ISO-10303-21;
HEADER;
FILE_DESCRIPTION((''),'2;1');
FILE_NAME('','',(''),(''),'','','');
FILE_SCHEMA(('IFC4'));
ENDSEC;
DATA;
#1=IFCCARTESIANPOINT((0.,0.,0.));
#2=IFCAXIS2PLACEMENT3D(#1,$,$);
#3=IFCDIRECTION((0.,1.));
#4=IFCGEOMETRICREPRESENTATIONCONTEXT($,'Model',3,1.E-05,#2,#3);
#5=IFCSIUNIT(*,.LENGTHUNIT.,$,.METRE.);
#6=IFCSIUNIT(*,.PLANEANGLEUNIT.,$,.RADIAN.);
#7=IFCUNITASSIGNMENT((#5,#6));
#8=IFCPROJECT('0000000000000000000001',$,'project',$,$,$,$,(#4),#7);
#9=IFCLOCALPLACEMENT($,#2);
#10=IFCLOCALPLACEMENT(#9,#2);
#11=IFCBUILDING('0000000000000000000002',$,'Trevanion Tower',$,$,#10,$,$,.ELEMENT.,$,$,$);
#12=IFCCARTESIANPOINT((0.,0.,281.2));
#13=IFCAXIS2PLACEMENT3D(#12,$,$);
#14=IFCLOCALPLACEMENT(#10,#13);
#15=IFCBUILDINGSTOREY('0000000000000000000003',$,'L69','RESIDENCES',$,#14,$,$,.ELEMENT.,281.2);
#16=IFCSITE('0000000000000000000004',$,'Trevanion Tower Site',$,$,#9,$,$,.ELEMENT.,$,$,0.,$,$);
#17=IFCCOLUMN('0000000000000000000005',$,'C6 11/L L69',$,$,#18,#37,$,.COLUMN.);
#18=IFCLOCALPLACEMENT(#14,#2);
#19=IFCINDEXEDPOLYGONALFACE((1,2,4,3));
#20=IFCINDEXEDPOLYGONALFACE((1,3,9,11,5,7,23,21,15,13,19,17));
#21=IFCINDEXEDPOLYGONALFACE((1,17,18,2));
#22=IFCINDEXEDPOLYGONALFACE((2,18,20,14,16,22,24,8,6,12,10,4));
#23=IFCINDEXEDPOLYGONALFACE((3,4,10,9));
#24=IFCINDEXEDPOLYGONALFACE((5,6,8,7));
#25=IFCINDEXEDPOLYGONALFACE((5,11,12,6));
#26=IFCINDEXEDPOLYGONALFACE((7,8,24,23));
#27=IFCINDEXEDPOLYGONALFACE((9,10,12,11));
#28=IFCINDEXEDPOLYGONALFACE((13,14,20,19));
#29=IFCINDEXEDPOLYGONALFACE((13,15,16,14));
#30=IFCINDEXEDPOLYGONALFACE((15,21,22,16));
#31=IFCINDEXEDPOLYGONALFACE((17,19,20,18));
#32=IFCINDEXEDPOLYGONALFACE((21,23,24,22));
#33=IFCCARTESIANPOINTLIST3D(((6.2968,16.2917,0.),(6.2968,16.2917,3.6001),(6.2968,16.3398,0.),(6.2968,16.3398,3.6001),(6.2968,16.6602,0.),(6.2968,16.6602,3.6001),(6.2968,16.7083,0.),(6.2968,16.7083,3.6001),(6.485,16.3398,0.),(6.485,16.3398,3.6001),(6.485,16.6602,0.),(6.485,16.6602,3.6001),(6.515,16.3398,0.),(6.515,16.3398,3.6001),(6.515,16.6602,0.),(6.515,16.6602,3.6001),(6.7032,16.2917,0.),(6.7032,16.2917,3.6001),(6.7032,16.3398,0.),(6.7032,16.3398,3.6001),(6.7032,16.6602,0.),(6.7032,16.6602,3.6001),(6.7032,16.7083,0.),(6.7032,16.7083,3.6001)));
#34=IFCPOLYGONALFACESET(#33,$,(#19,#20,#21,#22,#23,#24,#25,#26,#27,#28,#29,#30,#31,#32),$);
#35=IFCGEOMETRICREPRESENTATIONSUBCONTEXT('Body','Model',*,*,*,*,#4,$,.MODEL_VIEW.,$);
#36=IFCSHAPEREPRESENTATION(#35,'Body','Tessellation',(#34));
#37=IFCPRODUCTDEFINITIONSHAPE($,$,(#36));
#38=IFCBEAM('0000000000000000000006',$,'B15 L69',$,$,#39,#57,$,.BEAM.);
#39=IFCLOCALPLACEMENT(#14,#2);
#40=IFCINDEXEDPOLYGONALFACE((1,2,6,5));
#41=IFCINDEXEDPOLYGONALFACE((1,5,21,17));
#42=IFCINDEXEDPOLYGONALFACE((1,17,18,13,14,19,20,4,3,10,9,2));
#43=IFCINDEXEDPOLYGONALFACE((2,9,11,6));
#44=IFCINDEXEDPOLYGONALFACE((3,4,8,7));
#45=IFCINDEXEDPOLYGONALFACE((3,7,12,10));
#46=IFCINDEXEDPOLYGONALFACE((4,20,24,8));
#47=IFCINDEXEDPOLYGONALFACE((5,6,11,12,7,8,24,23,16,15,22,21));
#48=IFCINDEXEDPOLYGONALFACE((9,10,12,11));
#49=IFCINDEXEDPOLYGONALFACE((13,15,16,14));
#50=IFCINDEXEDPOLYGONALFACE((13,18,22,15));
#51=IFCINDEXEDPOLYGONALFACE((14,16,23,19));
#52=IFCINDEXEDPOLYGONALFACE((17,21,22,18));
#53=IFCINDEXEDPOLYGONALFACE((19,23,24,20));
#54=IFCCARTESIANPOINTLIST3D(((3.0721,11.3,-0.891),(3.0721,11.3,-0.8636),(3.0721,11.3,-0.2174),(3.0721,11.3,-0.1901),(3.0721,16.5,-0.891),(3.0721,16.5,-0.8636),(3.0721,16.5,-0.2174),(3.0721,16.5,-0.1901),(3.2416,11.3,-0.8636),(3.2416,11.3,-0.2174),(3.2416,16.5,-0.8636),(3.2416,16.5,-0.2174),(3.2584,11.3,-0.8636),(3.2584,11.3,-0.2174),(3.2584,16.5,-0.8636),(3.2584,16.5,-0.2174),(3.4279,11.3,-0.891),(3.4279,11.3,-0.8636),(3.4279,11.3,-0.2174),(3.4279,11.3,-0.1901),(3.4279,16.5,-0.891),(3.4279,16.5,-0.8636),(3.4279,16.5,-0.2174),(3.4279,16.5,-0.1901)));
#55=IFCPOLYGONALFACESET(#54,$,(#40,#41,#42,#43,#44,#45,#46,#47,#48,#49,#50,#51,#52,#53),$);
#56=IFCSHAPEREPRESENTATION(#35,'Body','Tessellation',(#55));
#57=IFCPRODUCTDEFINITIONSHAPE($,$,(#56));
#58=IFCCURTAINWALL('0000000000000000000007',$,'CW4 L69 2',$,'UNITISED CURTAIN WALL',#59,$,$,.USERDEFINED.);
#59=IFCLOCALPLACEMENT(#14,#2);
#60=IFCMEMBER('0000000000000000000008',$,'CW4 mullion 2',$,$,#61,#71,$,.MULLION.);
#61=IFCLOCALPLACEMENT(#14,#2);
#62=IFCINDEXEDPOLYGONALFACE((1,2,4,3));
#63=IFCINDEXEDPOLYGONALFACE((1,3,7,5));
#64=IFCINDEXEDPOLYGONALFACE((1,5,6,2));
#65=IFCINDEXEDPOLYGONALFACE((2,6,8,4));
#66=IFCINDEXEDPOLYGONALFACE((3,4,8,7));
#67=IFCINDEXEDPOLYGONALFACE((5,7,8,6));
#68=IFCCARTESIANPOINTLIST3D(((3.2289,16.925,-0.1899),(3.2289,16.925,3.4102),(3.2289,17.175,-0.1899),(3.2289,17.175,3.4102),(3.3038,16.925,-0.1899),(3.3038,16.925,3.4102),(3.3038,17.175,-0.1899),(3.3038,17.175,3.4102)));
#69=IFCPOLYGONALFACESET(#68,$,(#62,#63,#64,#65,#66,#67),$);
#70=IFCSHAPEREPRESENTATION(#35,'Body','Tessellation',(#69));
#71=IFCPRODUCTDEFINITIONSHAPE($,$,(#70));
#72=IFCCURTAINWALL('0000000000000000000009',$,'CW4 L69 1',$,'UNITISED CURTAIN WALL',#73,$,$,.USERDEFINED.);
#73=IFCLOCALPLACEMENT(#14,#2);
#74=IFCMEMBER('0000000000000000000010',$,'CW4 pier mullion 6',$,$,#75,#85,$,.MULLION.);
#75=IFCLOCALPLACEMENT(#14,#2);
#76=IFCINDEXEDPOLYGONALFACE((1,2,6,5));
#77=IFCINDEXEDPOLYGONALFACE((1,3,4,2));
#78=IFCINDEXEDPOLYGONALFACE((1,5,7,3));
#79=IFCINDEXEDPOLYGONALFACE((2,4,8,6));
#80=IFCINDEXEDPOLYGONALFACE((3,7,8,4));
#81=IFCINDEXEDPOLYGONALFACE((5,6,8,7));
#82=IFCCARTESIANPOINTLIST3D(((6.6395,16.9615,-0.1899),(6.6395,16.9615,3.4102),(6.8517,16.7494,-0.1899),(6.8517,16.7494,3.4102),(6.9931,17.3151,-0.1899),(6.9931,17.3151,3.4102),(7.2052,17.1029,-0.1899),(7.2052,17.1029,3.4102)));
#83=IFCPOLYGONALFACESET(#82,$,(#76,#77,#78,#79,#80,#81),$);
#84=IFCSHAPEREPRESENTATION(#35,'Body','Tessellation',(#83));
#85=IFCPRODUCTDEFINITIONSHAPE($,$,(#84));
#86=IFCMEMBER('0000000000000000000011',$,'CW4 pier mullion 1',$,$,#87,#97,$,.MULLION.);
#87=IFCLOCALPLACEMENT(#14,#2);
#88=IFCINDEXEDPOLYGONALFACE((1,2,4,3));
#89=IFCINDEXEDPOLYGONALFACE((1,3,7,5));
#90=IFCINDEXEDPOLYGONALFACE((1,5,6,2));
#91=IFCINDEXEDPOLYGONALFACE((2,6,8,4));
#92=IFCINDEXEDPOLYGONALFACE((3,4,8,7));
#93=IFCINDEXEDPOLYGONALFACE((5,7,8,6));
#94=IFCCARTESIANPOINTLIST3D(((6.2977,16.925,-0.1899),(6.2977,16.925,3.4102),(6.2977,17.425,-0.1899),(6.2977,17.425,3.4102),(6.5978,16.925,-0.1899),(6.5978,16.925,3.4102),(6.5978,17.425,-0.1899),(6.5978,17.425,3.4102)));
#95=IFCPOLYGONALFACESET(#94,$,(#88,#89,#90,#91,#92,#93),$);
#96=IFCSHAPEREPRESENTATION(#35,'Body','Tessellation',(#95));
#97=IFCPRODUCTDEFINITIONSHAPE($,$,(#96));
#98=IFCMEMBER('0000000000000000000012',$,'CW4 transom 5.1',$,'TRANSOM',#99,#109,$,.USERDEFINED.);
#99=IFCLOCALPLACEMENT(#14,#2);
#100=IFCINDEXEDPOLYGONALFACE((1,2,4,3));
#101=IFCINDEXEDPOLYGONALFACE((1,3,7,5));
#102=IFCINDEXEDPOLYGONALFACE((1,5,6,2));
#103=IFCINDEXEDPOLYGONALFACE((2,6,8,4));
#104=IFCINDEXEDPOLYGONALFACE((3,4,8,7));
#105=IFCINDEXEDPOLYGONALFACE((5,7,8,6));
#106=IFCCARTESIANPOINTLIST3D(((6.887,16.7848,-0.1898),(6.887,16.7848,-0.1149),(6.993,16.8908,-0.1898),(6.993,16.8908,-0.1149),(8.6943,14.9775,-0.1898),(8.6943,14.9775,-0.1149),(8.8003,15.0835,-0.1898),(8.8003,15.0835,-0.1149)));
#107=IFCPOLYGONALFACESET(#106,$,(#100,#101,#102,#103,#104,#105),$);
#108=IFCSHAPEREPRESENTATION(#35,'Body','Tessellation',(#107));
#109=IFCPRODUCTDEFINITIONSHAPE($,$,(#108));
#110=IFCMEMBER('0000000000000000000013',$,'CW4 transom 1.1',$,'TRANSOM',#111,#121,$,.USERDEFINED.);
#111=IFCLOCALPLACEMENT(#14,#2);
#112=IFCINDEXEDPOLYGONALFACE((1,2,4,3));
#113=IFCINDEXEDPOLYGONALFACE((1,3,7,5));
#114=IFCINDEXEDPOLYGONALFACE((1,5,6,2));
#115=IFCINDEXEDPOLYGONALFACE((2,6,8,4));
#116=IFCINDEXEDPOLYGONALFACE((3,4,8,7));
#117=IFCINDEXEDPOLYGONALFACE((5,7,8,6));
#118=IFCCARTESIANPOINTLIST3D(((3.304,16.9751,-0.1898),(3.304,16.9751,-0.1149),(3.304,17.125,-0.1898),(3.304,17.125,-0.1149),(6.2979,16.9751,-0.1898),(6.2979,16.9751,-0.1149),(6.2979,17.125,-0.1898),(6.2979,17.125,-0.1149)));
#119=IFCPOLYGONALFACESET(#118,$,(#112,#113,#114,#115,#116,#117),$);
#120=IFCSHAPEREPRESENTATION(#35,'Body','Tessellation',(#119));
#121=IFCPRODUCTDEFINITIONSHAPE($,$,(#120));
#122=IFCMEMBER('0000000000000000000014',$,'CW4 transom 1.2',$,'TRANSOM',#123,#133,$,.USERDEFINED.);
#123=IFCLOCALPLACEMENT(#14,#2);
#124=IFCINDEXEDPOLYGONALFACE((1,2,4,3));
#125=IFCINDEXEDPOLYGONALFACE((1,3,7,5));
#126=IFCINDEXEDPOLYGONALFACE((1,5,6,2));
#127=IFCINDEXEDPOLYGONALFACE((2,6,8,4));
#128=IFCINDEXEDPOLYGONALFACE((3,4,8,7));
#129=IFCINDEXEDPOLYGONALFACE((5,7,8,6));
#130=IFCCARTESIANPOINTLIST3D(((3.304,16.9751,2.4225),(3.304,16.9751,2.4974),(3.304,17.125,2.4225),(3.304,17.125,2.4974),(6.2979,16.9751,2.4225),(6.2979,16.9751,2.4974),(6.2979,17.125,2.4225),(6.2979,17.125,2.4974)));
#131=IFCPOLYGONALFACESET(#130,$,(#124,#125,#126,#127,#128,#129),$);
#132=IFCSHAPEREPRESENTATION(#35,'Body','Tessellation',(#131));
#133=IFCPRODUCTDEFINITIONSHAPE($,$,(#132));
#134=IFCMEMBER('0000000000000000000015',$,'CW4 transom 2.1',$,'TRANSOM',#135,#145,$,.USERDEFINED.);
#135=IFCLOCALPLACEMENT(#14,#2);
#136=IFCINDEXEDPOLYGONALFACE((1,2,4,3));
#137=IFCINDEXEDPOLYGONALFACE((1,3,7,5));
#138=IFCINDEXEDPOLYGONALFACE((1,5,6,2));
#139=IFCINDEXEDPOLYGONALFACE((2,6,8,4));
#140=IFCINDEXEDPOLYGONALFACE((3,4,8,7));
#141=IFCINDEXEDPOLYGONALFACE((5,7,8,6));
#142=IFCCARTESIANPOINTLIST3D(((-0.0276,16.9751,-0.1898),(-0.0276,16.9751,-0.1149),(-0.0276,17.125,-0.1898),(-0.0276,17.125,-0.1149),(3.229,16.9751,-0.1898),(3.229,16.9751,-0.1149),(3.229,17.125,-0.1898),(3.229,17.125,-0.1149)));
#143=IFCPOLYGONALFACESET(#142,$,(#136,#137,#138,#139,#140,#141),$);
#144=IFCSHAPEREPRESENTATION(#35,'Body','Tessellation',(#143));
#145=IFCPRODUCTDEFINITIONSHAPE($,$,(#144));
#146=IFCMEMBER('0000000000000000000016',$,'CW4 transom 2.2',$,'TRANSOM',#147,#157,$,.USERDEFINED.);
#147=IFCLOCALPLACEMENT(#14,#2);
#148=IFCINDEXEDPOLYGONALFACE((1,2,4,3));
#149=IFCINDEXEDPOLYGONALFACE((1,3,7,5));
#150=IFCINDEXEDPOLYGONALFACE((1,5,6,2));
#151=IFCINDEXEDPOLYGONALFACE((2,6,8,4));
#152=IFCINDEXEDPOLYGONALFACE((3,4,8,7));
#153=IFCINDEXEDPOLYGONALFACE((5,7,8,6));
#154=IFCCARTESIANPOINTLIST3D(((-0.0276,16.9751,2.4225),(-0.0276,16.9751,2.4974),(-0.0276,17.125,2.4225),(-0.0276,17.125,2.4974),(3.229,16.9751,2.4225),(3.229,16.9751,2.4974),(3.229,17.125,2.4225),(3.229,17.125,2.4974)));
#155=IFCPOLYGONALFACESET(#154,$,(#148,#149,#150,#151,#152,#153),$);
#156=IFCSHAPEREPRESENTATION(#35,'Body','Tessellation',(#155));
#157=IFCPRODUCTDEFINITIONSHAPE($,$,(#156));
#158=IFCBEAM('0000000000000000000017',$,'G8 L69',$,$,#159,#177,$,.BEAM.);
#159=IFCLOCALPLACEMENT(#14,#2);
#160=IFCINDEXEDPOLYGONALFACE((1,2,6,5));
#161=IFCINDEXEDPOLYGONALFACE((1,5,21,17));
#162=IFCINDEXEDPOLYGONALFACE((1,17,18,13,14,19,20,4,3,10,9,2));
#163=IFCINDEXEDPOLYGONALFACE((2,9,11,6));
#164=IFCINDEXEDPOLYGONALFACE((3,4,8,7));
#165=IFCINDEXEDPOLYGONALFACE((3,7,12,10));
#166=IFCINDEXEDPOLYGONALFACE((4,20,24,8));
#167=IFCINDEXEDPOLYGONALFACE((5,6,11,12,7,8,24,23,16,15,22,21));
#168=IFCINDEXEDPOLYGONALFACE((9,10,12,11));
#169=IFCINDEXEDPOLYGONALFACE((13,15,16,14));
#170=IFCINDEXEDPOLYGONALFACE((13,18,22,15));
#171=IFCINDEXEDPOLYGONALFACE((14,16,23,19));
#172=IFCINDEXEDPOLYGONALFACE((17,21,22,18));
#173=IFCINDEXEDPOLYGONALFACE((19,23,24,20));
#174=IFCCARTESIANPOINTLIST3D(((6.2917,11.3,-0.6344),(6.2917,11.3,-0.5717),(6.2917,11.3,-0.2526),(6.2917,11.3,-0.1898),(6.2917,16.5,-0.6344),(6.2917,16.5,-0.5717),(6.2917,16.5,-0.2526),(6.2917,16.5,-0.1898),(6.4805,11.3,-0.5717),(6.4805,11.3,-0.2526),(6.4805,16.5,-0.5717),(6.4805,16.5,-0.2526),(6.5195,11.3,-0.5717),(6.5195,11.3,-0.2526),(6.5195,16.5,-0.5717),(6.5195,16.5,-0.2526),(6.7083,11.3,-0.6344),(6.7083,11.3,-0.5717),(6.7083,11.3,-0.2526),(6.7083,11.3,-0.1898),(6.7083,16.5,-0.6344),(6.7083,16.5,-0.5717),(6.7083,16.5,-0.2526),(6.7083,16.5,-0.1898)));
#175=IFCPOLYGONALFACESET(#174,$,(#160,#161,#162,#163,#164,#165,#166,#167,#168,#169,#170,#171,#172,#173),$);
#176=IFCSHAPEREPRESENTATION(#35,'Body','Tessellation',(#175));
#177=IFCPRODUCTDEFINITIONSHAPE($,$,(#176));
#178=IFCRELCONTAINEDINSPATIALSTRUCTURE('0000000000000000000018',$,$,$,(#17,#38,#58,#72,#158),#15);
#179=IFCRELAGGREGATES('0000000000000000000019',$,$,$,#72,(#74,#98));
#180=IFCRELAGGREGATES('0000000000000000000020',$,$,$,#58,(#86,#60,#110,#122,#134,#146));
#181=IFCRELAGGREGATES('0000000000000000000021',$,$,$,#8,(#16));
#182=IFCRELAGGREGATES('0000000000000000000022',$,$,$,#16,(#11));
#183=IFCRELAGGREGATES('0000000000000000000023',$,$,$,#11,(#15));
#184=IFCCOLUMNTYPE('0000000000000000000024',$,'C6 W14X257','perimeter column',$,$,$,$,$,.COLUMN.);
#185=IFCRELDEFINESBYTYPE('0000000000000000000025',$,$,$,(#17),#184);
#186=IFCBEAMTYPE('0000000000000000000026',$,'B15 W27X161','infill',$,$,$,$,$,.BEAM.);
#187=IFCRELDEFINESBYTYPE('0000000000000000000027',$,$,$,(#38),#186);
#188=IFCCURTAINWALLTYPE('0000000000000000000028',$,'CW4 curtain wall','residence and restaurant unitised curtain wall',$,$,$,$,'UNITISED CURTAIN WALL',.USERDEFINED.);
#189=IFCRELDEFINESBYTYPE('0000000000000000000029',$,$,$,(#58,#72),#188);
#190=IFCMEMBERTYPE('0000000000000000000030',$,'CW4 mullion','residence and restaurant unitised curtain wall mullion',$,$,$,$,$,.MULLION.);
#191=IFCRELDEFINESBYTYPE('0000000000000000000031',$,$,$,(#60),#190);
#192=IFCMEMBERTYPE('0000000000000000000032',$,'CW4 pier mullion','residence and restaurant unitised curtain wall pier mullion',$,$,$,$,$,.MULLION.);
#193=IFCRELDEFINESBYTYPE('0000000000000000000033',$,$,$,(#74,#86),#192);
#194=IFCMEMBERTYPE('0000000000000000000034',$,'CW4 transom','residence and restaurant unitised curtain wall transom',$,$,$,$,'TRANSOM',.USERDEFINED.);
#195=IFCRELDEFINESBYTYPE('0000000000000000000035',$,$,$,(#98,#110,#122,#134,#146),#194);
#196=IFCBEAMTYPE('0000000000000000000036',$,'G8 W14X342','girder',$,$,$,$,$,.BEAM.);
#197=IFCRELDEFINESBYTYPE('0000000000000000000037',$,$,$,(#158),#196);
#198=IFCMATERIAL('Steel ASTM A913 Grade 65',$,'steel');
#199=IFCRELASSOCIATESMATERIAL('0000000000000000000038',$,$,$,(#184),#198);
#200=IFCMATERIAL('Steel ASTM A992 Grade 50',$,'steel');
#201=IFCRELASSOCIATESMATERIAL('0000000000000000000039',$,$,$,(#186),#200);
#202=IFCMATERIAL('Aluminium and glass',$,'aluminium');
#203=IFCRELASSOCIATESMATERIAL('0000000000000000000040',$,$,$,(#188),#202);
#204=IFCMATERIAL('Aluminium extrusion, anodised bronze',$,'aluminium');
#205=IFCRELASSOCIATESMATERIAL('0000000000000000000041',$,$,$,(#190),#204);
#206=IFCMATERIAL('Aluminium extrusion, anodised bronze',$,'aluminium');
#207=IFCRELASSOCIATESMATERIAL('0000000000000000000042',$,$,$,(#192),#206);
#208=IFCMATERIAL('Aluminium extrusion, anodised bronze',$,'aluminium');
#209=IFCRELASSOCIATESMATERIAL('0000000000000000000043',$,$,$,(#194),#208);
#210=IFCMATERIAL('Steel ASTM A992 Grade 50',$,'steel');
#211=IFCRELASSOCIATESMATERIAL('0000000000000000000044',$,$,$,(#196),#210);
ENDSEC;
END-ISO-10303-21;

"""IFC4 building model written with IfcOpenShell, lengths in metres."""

from ifc_helpers import new_model, si_unit, direction, frame, origin, origin_2d, place, context, subcontext, project, spatial, rectangle, i_section, extrude, material, material_profile, profile_set, type_object, element, aggregate, save


model = new_model("IFC4")

# Units and contexts
model_context = context("Model", 3, precision=1e-05, world=origin(), true_north=direction((0.0, 1.0)))
body_context = subcontext(model_context, "Body", "Model", "MODEL_VIEW")
ifc_project = project(units=[si_unit("LENGTHUNIT", "METRE"), si_unit("PLANEANGLEUNIT", "RADIAN")], contexts=[model_context])

# Site, building, storey
site_placement = place(None, origin())
site = spatial("IfcSite", under=ifc_project, at=site_placement, Name="Trevanion Tower Site", CompositionType="ELEMENT", RefElevation=0.0)
building_placement = place(site_placement, origin())
building = spatial("IfcBuilding", under=site, at=building_placement, Name="Trevanion Tower", CompositionType="ELEMENT")
storey_placement = place(building_placement, frame((0.0, 0.0, 281.2)))
storey = spatial("IfcBuildingStorey", under=building, at=storey_placement, Name="L69", Description="RESIDENCES", CompositionType="ELEMENT", Elevation=281.2)

# Column
ifc_material_1 = material(Name="Steel ASTM A913 Grade 65", Category="steel")
ifc_material_profile_1 = material_profile(ifc_material_1, i_section(OverallWidth=0.4065, OverallDepth=0.4165, WebThickness=0.03, FlangeThickness=0.0481, at=origin_2d()), Name="W14X257")
ifc_profile_set_1 = profile_set([ifc_material_profile_1], Name="Steel ASTM A913 Grade 65")
column_type = type_object("IfcColumnType", Name="C6 W14X257", Description="perimeter column", PredefinedType="COLUMN", material=ifc_profile_set_1)
column_placement = place(storey_placement, frame((6.5, 16.5, 0.0), z_axis=(0.0, 0.0, 1.0), x_axis=(1.0, 0.0, 0.0)))
element("IfcColumn", 1, at=column_placement, inside=storey, type_object=column_type, Name="C6 11/L L69", PredefinedType="COLUMN", context=body_context, shape_type="SweptSolid", body=[
    extrude(i_section(OverallWidth=0.4065, OverallDepth=0.4165, WebThickness=0.03, FlangeThickness=0.0481, at=origin_2d()), origin(), (0.0, 0.0, 1.0), 3.6001),
])

# Beam
ifc_material_2 = material(Name="Steel ASTM A992 Grade 50", Category="steel")
ifc_material_profile_2 = material_profile(ifc_material_2, i_section(OverallWidth=0.3557, OverallDepth=0.7009, WebThickness=0.0168, FlangeThickness=0.0273, at=origin_2d()), Name="W27X161")
ifc_profile_set_2 = profile_set([ifc_material_profile_2], Name="Steel ASTM A992 Grade 50")
beam_type_1 = type_object("IfcBeamType", Name="B15 W27X161", Description="infill", PredefinedType="BEAM", material=ifc_profile_set_2)
beam_1_placement = place(storey_placement, frame((3.25, 11.3, -0.5405), z_axis=(0.0, 1.0, 0.0), x_axis=(-1.0, 0.0, 0.0)))
element("IfcBeam", 2, at=beam_1_placement, inside=storey, type_object=beam_type_1, Name="B15 L69", PredefinedType="BEAM", context=body_context, shape_type="SweptSolid", body=[
    extrude(i_section(OverallWidth=0.3557, OverallDepth=0.7009, WebThickness=0.0168, FlangeThickness=0.0273, at=origin_2d()), origin(), (0.0, 0.0, 1.0), 5.2),
])

# Curtain walls, members
ifc_material_3 = material(Name="Aluminium and glass", Category="aluminium")
curtain_wall_type = type_object("IfcCurtainWallType", Name="CW4 curtain wall", Description="residence and restaurant unitised curtain wall", ElementType="UNITISED CURTAIN WALL", PredefinedType="USERDEFINED", material=ifc_material_3)
curtain_wall_1_placement = place(storey_placement, origin())
curtain_wall_1 = element("IfcCurtainWall", 3, at=curtain_wall_1_placement, inside=storey, type_object=curtain_wall_type, Name="CW4 L69 2", ObjectType="UNITISED CURTAIN WALL", PredefinedType="USERDEFINED")
ifc_material_4 = material(Name="Aluminium extrusion, anodised bronze", Category="aluminium")
ifc_material_profile_3 = material_profile(ifc_material_4, rectangle(XDim=0.075, YDim=0.25, at=origin_2d()), Name="CW4 mullion")
ifc_profile_set_3 = profile_set([ifc_material_profile_3], Name="Aluminium extrusion, anodised bronze")
member_type_1 = type_object("IfcMemberType", Name="CW4 mullion", Description="residence and restaurant unitised curtain wall mullion", PredefinedType="MULLION", material=ifc_profile_set_3)
member_1_placement = place(storey_placement, frame((3.2664, 17.05, -0.1899), z_axis=(0.0, 0.0, 1.0), x_axis=(-1.0, 0.0, 0.0)))
member_1 = element("IfcMember", 4, at=member_1_placement, type_object=member_type_1, Name="CW4 mullion 2", PredefinedType="MULLION", context=body_context, shape_type="SweptSolid", body=[
    extrude(rectangle(XDim=0.075, YDim=0.25, at=origin_2d()), origin(), (0.0, 0.0, 1.0), 3.6001),
])
curtain_wall_2_placement = place(storey_placement, origin())
curtain_wall_2 = element("IfcCurtainWall", 5, at=curtain_wall_2_placement, inside=storey, type_object=curtain_wall_type, Name="CW4 L69 1", ObjectType="UNITISED CURTAIN WALL", PredefinedType="USERDEFINED")
ifc_material_5 = material(Name="Aluminium extrusion, anodised bronze", Category="aluminium")
ifc_material_profile_4 = material_profile(ifc_material_5, rectangle(XDim=0.3, YDim=0.5, at=origin_2d()), Name="CW4 pier mullion")
ifc_profile_set_4 = profile_set([ifc_material_profile_4], Name="Aluminium extrusion, anodised bronze")
member_type_2 = type_object("IfcMemberType", Name="CW4 pier mullion", Description="residence and restaurant unitised curtain wall pier mullion", PredefinedType="MULLION", material=ifc_profile_set_4)
member_2_placement = place(storey_placement, frame((6.9224, 17.0322, -0.1899), z_axis=(0.0, 0.0, 1.0), x_axis=(-0.707107, 0.707107, 0.0)))
member_2 = element("IfcMember", 6, at=member_2_placement, type_object=member_type_2, Name="CW4 pier mullion 6", PredefinedType="MULLION", context=body_context, shape_type="SweptSolid", body=[
    extrude(rectangle(XDim=0.3, YDim=0.5, at=origin_2d()), origin(), (0.0, 0.0, 1.0), 3.6001),
])

# Members
member_3_placement = place(storey_placement, frame((6.4478, 17.175, -0.1899), z_axis=(0.0, 0.0, 1.0), x_axis=(-1.0, 0.0, 0.0)))
member_3 = element("IfcMember", 7, at=member_3_placement, type_object=member_type_2, Name="CW4 pier mullion 1", PredefinedType="MULLION", context=body_context, shape_type="SweptSolid", body=[
    extrude(rectangle(XDim=0.3, YDim=0.5, at=origin_2d()), origin(), (0.0, 0.0, 1.0), 3.6001),
])
ifc_material_6 = material(Name="Aluminium extrusion, anodised bronze", Category="aluminium")
ifc_material_profile_5 = material_profile(ifc_material_6, rectangle(XDim=0.1499, YDim=0.075, at=origin_2d()), Name="CW4 transom")
ifc_profile_set_5 = profile_set([ifc_material_profile_5], Name="Aluminium extrusion, anodised bronze")
member_type_3 = type_object("IfcMemberType", Name="CW4 transom", Description="residence and restaurant unitised curtain wall transom", ElementType="TRANSOM", PredefinedType="USERDEFINED", material=ifc_profile_set_5)
member_4_placement = place(storey_placement, frame((8.7473, 15.0305, -0.1523), z_axis=(-0.707107, 0.707107, 0.0), x_axis=(-0.707107, -0.707107, 0.0)))
member_4 = element("IfcMember", 8, at=member_4_placement, type_object=member_type_3, Name="CW4 transom 5.1", ObjectType="TRANSOM", PredefinedType="USERDEFINED", context=body_context, shape_type="SweptSolid", body=[
    extrude(rectangle(XDim=0.1499, YDim=0.075, at=origin_2d()), origin(), (0.0, 0.0, 1.0), 2.5559),
])
member_5_placement = place(storey_placement, frame((6.2979, 17.05, -0.1523), z_axis=(-1.0, 0.0, 0.0), x_axis=(0.0, -1.0, 0.0)))
member_5 = element("IfcMember", 9, at=member_5_placement, type_object=member_type_3, Name="CW4 transom 1.1", ObjectType="TRANSOM", PredefinedType="USERDEFINED", context=body_context, shape_type="SweptSolid", body=[
    extrude(rectangle(XDim=0.1499, YDim=0.075, at=origin_2d()), origin(), (0.0, 0.0, 1.0), 2.9939),
])
member_6_placement = place(storey_placement, frame((6.2979, 17.05, 2.46), z_axis=(-1.0, 0.0, 0.0), x_axis=(0.0, -1.0, 0.0)))
member_6 = element("IfcMember", 10, at=member_6_placement, type_object=member_type_3, Name="CW4 transom 1.2", ObjectType="TRANSOM", PredefinedType="USERDEFINED", context=body_context, shape_type="SweptSolid", body=[
    extrude(rectangle(XDim=0.1499, YDim=0.075, at=origin_2d()), origin(), (0.0, 0.0, 1.0), 2.9939),
])
member_7_placement = place(storey_placement, frame((3.229, 17.05, -0.1523), z_axis=(-1.0, 0.0, 0.0), x_axis=(0.0, -1.0, 0.0)))
member_7 = element("IfcMember", 11, at=member_7_placement, type_object=member_type_3, Name="CW4 transom 2.1", ObjectType="TRANSOM", PredefinedType="USERDEFINED", context=body_context, shape_type="SweptSolid", body=[
    extrude(rectangle(XDim=0.1499, YDim=0.075, at=origin_2d()), origin(), (0.0, 0.0, 1.0), 3.2566),
])
member_8_placement = place(storey_placement, frame((3.229, 17.05, 2.46), z_axis=(-1.0, 0.0, 0.0), x_axis=(0.0, -1.0, 0.0)))
member_8 = element("IfcMember", 12, at=member_8_placement, type_object=member_type_3, Name="CW4 transom 2.2", ObjectType="TRANSOM", PredefinedType="USERDEFINED", context=body_context, shape_type="SweptSolid", body=[
    extrude(rectangle(XDim=0.1499, YDim=0.075, at=origin_2d()), origin(), (0.0, 0.0, 1.0), 3.2566),
])

# Beam
ifc_material_7 = material(Name="Steel ASTM A992 Grade 50", Category="steel")
ifc_material_profile_6 = material_profile(ifc_material_7, i_section(OverallWidth=0.4165, OverallDepth=0.4446, WebThickness=0.0391, FlangeThickness=0.0627, at=origin_2d()), Name="W14X342")
ifc_profile_set_6 = profile_set([ifc_material_profile_6], Name="Steel ASTM A992 Grade 50")
beam_type_2 = type_object("IfcBeamType", Name="G8 W14X342", Description="girder", PredefinedType="BEAM", material=ifc_profile_set_6)
beam_2_placement = place(storey_placement, frame((6.5, 11.3, -0.4121), z_axis=(0.0, 1.0, 0.0), x_axis=(-1.0, 0.0, 0.0)))
element("IfcBeam", 13, at=beam_2_placement, inside=storey, type_object=beam_type_2, Name="G8 L69", PredefinedType="BEAM", context=body_context, shape_type="SweptSolid", body=[
    extrude(i_section(OverallWidth=0.4165, OverallDepth=0.4446, WebThickness=0.0391, FlangeThickness=0.0627, at=origin_2d()), origin(), (0.0, 0.0, 1.0), 5.2),
])

aggregate(curtain_wall_2, [member_2, member_4])
aggregate(curtain_wall_1, [member_3, member_1, member_5, member_6, member_7, member_8])

save(model, "model.ifc")
